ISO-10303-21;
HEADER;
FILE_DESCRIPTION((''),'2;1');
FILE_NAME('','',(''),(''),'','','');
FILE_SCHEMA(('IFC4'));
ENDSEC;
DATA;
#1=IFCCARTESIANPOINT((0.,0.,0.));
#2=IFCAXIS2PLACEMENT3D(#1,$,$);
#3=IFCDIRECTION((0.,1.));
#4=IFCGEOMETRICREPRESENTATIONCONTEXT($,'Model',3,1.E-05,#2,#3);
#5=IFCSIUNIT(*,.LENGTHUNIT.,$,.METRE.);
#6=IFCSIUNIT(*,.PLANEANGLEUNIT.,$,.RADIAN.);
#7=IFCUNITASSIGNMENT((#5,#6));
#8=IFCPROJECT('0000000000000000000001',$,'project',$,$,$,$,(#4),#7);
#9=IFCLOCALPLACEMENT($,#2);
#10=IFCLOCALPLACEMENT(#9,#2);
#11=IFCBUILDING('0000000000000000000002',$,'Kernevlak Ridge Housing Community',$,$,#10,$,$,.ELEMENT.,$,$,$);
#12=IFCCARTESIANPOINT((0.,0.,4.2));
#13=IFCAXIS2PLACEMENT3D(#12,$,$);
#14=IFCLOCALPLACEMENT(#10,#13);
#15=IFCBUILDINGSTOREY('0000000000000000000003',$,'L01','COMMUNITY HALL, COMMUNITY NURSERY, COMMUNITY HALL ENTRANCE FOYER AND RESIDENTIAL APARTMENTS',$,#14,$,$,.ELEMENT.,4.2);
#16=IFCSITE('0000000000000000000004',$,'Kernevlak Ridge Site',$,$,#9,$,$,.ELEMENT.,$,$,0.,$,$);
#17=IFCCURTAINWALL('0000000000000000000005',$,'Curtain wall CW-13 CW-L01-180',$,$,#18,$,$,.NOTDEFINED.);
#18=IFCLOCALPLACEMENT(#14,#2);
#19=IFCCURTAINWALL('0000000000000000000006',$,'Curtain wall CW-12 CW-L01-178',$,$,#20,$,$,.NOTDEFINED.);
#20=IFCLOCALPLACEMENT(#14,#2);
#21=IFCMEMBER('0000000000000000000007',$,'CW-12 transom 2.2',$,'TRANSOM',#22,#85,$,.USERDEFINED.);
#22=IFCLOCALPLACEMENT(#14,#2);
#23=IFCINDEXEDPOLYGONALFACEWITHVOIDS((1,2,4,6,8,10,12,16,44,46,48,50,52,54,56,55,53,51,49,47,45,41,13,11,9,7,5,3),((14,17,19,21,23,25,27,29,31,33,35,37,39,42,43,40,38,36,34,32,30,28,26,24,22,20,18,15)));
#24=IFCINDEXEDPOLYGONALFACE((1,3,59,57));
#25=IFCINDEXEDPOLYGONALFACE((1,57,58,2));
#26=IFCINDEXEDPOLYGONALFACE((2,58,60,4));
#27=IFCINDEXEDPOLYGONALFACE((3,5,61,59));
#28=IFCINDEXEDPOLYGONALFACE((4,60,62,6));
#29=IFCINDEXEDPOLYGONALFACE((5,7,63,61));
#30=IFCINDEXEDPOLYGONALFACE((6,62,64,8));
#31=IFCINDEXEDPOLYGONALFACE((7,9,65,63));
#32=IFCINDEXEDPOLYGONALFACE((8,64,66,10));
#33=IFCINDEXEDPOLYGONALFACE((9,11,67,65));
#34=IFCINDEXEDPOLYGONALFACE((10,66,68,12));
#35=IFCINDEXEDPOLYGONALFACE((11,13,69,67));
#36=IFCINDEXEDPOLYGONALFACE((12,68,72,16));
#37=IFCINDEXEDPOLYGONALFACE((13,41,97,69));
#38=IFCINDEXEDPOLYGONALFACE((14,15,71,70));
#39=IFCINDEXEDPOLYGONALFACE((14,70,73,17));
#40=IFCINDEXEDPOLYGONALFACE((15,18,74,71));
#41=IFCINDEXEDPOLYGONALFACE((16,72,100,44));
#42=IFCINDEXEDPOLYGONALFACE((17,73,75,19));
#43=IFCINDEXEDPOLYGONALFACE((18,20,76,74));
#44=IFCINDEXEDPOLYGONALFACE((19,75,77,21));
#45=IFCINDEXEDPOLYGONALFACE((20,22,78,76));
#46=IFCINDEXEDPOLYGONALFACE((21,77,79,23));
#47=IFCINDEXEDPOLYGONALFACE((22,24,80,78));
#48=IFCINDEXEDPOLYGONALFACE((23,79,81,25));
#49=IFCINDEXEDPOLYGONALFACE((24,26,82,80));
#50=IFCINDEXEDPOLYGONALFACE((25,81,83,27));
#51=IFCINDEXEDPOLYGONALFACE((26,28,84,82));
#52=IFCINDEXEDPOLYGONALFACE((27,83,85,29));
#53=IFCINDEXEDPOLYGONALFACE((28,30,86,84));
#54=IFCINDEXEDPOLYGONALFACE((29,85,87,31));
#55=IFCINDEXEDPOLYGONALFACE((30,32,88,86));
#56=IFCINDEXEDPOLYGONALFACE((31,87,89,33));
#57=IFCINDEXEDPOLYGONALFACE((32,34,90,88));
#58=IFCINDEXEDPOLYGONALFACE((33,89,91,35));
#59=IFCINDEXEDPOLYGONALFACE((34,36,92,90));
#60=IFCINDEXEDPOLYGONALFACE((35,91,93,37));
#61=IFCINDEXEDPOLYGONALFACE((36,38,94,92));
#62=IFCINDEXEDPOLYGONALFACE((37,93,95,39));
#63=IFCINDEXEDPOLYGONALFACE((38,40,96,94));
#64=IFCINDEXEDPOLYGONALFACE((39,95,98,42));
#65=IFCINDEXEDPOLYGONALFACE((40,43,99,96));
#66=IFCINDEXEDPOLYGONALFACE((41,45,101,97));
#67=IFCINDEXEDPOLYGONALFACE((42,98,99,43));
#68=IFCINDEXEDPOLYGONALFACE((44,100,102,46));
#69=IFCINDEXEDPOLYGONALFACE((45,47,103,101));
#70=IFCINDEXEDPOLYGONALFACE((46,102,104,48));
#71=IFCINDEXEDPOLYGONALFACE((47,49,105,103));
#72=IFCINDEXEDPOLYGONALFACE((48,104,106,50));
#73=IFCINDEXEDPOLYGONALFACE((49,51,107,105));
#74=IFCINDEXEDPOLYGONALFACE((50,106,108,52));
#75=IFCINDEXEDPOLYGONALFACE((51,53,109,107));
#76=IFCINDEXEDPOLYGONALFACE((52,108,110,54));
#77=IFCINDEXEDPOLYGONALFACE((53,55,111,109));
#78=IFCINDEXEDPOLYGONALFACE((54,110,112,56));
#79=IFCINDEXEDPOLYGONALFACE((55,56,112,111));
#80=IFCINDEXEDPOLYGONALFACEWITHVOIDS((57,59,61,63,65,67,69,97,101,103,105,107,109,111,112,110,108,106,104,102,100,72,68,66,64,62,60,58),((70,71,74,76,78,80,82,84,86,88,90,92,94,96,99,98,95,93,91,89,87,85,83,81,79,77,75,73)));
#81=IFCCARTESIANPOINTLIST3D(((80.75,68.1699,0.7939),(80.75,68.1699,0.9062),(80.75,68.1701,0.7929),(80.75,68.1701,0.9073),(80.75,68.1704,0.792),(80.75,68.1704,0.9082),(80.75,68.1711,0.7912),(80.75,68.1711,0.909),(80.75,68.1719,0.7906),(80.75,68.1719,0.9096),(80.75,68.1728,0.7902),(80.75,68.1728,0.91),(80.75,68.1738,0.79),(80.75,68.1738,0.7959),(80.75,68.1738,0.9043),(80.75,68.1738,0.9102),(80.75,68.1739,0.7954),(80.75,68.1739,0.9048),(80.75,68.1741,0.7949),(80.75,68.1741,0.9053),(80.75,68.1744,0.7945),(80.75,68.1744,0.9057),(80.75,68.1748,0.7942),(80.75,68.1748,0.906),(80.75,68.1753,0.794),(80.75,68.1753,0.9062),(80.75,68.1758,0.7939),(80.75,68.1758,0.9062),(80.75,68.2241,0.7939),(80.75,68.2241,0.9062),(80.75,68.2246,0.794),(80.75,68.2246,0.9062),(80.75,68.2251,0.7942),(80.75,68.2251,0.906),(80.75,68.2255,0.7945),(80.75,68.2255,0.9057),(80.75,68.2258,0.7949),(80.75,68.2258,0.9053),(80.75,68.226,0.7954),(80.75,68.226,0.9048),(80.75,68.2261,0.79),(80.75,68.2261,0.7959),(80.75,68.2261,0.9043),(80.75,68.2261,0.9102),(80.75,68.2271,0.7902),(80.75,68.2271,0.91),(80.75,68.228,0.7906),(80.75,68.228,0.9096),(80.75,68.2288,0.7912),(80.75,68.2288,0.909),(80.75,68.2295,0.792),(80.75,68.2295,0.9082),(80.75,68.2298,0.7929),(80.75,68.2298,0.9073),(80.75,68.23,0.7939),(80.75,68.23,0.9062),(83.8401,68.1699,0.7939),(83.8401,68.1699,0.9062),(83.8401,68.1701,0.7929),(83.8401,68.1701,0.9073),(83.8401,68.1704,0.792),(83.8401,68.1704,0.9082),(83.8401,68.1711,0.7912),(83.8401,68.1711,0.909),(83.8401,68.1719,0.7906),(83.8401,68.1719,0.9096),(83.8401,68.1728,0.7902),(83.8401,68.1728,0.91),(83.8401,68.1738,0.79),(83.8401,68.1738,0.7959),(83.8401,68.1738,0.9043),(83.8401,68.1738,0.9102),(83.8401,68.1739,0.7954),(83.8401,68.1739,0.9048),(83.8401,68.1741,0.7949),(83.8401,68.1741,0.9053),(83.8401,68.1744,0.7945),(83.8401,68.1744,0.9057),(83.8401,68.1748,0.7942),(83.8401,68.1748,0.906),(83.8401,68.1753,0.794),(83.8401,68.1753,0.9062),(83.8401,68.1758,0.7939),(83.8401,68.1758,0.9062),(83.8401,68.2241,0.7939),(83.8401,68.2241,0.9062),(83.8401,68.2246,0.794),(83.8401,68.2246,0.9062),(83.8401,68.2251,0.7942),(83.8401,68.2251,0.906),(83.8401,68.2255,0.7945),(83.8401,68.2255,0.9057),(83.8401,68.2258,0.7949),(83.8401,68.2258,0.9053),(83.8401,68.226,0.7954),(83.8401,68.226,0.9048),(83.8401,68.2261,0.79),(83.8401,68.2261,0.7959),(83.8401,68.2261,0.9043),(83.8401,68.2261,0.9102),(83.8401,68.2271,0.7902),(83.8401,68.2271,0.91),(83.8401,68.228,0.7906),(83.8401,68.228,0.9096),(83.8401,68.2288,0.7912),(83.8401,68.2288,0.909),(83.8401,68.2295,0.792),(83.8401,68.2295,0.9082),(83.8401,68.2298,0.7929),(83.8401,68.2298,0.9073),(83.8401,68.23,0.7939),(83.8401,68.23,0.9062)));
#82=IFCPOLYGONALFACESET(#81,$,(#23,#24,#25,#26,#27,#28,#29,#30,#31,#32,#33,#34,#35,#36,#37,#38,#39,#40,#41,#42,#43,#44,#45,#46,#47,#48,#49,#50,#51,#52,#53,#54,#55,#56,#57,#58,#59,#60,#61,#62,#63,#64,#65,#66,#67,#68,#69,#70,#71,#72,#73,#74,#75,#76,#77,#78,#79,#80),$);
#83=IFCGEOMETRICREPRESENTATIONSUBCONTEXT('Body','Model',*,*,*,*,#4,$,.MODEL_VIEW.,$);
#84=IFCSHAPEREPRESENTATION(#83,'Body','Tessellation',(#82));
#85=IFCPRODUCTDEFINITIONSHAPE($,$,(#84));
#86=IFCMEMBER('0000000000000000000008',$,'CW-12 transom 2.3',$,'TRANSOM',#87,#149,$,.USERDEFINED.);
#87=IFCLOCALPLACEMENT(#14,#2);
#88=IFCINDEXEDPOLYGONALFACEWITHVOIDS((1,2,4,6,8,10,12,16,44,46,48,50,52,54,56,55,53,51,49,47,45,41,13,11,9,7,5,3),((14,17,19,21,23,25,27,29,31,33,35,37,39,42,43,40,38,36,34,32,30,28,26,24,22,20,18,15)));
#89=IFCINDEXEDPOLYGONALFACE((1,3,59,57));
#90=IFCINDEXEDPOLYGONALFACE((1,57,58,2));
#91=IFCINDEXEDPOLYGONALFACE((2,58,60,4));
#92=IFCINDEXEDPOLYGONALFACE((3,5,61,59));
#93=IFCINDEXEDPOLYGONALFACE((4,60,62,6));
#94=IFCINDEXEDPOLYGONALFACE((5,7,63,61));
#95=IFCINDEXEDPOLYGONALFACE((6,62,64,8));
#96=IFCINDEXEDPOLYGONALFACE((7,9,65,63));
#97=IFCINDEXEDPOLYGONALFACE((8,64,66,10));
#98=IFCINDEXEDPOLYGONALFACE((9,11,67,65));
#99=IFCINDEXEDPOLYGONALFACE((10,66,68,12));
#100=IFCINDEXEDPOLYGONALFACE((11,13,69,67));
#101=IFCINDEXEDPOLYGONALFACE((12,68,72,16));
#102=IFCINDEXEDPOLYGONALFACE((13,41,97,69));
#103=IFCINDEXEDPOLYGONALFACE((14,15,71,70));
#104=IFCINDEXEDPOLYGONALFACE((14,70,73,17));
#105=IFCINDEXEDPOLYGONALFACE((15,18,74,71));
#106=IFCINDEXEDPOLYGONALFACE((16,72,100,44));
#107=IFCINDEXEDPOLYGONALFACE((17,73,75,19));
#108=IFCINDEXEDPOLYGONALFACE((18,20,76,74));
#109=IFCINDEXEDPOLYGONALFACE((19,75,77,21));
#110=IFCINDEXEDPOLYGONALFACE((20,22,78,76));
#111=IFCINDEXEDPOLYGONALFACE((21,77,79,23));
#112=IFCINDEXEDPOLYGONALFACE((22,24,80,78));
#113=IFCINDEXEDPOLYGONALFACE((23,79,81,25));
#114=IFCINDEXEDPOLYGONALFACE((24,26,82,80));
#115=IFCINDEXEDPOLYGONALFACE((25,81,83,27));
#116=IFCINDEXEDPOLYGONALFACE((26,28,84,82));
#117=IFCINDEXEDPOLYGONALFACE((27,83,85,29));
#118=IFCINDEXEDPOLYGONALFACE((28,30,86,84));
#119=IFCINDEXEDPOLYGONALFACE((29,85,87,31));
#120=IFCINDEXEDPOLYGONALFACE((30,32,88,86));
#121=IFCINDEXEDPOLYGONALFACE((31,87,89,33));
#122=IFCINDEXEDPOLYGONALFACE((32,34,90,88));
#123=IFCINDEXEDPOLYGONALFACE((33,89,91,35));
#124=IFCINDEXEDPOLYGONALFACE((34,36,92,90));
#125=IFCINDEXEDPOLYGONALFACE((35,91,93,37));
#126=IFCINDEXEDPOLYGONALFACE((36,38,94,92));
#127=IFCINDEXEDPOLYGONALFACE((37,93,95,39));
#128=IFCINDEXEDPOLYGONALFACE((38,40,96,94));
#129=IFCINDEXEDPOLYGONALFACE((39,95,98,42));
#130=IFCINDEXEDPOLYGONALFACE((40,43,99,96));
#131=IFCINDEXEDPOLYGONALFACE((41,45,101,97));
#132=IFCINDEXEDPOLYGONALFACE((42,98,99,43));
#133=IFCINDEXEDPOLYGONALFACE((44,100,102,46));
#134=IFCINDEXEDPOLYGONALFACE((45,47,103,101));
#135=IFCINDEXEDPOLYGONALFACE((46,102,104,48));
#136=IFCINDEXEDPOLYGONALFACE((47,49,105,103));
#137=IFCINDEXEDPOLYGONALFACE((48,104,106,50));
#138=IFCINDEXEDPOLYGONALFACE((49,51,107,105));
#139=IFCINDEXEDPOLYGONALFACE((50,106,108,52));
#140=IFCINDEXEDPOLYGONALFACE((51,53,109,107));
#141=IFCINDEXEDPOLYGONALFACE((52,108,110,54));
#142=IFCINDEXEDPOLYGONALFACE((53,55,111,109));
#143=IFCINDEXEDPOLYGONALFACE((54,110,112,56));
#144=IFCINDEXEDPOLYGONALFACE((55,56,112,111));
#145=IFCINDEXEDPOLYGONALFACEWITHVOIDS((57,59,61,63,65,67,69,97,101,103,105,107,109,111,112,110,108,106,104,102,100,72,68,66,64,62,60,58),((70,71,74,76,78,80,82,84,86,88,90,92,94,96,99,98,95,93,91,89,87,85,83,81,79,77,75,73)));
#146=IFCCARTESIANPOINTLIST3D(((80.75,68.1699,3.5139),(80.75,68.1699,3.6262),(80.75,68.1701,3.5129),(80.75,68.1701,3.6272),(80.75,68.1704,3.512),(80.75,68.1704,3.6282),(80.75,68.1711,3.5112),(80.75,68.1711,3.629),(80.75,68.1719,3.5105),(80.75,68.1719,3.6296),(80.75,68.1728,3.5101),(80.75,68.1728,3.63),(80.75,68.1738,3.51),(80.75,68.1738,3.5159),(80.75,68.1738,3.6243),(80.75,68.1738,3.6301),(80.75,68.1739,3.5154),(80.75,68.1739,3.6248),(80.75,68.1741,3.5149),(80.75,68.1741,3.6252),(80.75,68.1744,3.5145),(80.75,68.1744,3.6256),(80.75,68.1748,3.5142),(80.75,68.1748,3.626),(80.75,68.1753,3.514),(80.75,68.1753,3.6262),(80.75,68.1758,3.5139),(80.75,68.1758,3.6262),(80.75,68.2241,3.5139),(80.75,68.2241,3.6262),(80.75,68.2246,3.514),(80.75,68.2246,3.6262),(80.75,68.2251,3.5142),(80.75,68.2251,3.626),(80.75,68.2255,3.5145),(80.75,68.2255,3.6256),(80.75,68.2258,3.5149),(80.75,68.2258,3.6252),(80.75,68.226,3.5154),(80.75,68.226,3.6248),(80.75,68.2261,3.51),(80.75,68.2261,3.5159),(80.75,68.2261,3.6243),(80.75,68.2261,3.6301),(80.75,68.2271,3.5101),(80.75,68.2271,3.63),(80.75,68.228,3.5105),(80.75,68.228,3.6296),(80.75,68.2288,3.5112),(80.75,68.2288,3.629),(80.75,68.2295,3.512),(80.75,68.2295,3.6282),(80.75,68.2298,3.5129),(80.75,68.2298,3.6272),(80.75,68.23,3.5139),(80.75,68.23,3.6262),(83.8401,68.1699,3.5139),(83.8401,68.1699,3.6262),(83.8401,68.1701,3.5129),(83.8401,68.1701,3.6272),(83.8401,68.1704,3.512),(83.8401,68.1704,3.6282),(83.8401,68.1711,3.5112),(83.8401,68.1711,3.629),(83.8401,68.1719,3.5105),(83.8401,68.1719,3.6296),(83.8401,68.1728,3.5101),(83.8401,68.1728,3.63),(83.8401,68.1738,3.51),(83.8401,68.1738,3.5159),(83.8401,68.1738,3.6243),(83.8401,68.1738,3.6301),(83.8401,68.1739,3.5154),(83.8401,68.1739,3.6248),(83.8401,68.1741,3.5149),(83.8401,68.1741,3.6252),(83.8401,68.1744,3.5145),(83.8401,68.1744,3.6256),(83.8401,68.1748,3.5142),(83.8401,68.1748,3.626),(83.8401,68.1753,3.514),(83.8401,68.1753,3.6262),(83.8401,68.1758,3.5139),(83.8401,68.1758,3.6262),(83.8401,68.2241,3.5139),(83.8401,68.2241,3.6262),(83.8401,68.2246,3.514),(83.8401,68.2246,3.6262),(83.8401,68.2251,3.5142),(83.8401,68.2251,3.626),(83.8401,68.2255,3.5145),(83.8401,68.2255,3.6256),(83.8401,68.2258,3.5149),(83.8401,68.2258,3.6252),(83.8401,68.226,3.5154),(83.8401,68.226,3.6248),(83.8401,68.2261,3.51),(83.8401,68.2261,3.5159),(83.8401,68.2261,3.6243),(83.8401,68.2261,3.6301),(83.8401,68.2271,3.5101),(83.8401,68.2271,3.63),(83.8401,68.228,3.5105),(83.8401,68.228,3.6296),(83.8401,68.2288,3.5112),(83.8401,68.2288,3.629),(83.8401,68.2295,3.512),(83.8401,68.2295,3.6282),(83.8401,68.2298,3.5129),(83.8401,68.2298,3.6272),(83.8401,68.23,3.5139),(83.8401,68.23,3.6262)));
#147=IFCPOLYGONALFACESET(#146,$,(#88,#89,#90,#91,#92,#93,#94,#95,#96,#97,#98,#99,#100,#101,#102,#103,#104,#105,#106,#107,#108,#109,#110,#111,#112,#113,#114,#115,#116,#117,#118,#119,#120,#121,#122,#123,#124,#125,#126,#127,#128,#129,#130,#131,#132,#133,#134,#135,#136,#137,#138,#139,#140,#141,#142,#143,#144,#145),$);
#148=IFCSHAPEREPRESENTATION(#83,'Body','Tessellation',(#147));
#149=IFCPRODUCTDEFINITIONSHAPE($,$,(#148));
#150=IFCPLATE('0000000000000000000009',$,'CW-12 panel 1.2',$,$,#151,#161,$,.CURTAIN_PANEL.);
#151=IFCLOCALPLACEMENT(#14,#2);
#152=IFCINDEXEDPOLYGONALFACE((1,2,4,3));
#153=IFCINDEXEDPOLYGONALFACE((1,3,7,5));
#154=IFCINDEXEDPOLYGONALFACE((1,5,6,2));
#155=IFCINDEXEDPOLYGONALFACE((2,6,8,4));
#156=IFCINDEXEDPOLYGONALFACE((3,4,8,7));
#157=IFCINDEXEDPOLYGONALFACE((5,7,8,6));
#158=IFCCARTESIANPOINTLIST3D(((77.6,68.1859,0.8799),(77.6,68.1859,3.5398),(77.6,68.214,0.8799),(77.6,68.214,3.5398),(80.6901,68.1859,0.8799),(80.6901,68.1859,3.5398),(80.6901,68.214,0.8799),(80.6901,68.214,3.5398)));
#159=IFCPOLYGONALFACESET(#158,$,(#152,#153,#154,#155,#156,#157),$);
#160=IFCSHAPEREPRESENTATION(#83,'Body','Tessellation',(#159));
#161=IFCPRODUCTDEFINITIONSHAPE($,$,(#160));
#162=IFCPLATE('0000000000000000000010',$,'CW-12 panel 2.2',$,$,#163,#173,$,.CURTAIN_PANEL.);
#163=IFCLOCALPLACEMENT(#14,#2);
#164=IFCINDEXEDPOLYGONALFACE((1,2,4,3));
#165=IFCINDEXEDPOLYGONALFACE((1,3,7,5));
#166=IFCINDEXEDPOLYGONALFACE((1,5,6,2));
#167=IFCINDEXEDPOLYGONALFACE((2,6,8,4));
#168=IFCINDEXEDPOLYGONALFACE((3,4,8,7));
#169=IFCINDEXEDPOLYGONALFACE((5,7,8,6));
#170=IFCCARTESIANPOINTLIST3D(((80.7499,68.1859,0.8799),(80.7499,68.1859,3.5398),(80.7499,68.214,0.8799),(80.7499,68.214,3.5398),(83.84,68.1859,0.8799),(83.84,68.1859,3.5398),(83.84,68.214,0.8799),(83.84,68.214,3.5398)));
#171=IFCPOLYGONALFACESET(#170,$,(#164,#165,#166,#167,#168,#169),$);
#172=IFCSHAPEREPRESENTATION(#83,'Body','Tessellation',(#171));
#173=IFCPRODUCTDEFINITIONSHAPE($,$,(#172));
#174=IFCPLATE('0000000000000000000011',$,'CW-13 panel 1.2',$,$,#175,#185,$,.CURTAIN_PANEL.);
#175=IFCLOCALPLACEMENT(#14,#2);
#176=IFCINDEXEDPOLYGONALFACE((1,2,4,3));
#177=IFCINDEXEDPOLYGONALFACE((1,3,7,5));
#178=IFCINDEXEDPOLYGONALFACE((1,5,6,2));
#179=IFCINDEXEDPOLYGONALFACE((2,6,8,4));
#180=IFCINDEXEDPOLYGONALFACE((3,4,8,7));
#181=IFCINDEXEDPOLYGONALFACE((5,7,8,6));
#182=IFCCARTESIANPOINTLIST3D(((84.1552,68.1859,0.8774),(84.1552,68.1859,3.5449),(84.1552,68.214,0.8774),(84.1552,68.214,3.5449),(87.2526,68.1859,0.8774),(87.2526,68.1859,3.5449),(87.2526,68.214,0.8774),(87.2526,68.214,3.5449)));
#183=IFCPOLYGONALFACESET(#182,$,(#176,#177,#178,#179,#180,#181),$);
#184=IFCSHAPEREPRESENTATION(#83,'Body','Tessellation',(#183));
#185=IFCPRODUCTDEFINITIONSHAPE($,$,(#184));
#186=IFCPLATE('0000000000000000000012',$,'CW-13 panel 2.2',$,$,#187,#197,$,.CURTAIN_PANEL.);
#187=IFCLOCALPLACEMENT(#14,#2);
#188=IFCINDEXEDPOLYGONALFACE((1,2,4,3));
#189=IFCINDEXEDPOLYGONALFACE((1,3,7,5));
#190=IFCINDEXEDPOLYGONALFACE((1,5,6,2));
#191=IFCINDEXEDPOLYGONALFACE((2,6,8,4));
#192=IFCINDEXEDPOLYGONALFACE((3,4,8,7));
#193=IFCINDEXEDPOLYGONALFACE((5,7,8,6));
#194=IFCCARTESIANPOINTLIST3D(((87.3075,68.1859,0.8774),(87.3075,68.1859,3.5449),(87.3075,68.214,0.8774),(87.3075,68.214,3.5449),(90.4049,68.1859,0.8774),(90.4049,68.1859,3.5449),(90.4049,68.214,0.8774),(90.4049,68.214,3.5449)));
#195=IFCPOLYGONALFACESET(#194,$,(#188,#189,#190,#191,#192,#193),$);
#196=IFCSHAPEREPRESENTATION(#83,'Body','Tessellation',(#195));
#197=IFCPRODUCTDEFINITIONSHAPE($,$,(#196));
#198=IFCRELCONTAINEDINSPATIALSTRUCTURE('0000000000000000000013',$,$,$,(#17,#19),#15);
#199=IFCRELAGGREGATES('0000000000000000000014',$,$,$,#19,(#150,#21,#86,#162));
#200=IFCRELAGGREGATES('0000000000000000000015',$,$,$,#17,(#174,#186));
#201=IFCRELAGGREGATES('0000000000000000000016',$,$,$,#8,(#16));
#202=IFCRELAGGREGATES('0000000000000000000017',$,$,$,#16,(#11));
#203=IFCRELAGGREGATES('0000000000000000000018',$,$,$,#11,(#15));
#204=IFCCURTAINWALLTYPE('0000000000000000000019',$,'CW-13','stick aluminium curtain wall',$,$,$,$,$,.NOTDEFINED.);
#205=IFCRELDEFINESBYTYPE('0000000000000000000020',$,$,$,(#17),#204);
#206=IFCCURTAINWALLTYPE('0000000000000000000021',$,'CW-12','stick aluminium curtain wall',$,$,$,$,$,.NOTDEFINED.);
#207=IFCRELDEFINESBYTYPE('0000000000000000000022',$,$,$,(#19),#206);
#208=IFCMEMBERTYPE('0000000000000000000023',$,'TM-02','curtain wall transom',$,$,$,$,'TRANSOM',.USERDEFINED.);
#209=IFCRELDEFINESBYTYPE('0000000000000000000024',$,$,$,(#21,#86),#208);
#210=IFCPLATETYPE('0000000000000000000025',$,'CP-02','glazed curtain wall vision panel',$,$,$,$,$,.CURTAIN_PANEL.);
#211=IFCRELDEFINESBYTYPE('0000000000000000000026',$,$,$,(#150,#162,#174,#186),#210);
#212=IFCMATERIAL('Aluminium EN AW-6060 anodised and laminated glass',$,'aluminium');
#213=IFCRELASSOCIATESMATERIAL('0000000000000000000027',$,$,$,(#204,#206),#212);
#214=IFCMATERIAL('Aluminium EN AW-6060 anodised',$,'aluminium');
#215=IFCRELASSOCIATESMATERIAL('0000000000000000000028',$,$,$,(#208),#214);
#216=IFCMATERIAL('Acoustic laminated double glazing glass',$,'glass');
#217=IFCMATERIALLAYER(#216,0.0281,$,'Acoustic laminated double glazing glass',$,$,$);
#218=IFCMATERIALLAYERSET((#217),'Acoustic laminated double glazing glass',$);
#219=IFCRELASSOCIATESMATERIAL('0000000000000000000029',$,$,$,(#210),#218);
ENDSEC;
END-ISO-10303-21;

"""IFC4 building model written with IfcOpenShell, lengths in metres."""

from ifc_helpers import new_model, si_unit, direction, frame, origin, origin_2d, place, context, subcontext, project, spatial, rectangle, hollow_rectangle, extrude, material, layer, layer_set, material_profile, profile_set, type_object, element, aggregate, save


model = new_model("IFC4")

# Units and contexts
model_context = context("Model", 3, precision=1e-05, world=origin(), true_north=direction((0.0, 1.0)))
body_context = subcontext(model_context, "Body", "Model", "MODEL_VIEW")
ifc_project = project(units=[si_unit("LENGTHUNIT", "METRE"), si_unit("PLANEANGLEUNIT", "RADIAN")], contexts=[model_context])

# Site, building, storey
site_placement = place(None, origin())
site = spatial("IfcSite", under=ifc_project, at=site_placement, Name="Kernevlak Ridge Site", CompositionType="ELEMENT", RefElevation=0.0)
building_placement = place(site_placement, origin())
building = spatial("IfcBuilding", under=site, at=building_placement, Name="Kernevlak Ridge Housing Community", CompositionType="ELEMENT")
storey_placement = place(building_placement, frame((0.0, 0.0, 4.2)))
storey = spatial("IfcBuildingStorey", under=building, at=storey_placement, Name="L01", Description="COMMUNITY HALL, COMMUNITY NURSERY, COMMUNITY HALL ENTRANCE FOYER AND RESIDENTIAL APARTMENTS", CompositionType="ELEMENT", Elevation=4.2)

# Curtain walls
ifc_material_1 = material(Name="Aluminium EN AW-6060 anodised and laminated glass", Category="aluminium")
curtain_wall_type_1 = type_object("IfcCurtainWallType", Name="CW-13", Description="stick aluminium curtain wall", PredefinedType="NOTDEFINED", material=ifc_material_1)
curtain_wall_1_placement = place(storey_placement, origin())
curtain_wall_1 = element("IfcCurtainWall", 1, at=curtain_wall_1_placement, inside=storey, type_object=curtain_wall_type_1, Name="Curtain wall CW-13 CW-L01-180", PredefinedType="NOTDEFINED")
ifc_material_2 = material(Name="Aluminium EN AW-6060 anodised", Category="aluminium")
curtain_wall_type_2 = type_object("IfcCurtainWallType", Name="CW-12", Description="stick aluminium curtain wall", PredefinedType="NOTDEFINED", material=ifc_material_1)
curtain_wall_2_placement = place(storey_placement, origin())
curtain_wall_2 = element("IfcCurtainWall", 2, at=curtain_wall_2_placement, inside=storey, type_object=curtain_wall_type_2, Name="Curtain wall CW-12 CW-L01-178", PredefinedType="NOTDEFINED")

# Members
ifc_material_profile_1 = material_profile(ifc_material_2, hollow_rectangle(XDim=0.0601, YDim=0.1201, WallThickness=0.0039, InnerFilletRadius=0.002, OuterFilletRadius=0.0039, at=origin_2d()), Name="ALU 60x120x4")
ifc_profile_set_1 = profile_set([ifc_material_profile_1], Name="Aluminium EN AW-6060 anodised")
member_type_1 = type_object("IfcMemberType", Name="TM-02", Description="curtain wall transom", ElementType="TRANSOM", PredefinedType="USERDEFINED", material=ifc_profile_set_1)
member_1_placement = place(storey_placement, frame((80.75, 68.2, 0.8501), z_axis=(1.0, 0.0, 0.0), x_axis=(0.0, 1.0, 0.0)))
member_1 = element("IfcMember", 3, at=member_1_placement, type_object=member_type_1, Name="CW-12 transom 2.2", ObjectType="TRANSOM", PredefinedType="USERDEFINED", context=body_context, shape_type="SweptSolid", body=[
    extrude(hollow_rectangle(XDim=0.0601, YDim=0.1201, WallThickness=0.0039, InnerFilletRadius=0.002, OuterFilletRadius=0.0039, at=origin_2d()), origin(), (0.0, 0.0, 1.0), 3.0901),
])
member_2_placement = place(storey_placement, frame((80.75, 68.2, 3.5701), z_axis=(1.0, 0.0, 0.0), x_axis=(0.0, 1.0, 0.0)))
member_2 = element("IfcMember", 4, at=member_2_placement, type_object=member_type_1, Name="CW-12 transom 2.3", ObjectType="TRANSOM", PredefinedType="USERDEFINED", context=body_context, shape_type="SweptSolid", body=[
    extrude(hollow_rectangle(XDim=0.0601, YDim=0.1201, WallThickness=0.0039, InnerFilletRadius=0.002, OuterFilletRadius=0.0039, at=origin_2d()), origin(), (0.0, 0.0, 1.0), 3.0901),
])

# Plates
ifc_material_3 = material(Name="Acoustic laminated double glazing glass", Category="glass")
ifc_layer_1 = layer(ifc_material_3, 0.0281, Name="Acoustic laminated double glazing glass")
ifc_layer_set_1 = layer_set([ifc_layer_1], Name="Acoustic laminated double glazing glass")
plate_type_1 = type_object("IfcPlateType", Name="CP-02", Description="glazed curtain wall vision panel", PredefinedType="CURTAIN_PANEL", material=ifc_layer_set_1)
plate_1_placement = place(storey_placement, frame((79.145, 68.2, 0.8799), z_axis=(0.0, 0.0, 1.0), x_axis=(1.0, 0.0, 0.0)))
plate_1 = element("IfcPlate", 5, at=plate_1_placement, type_object=plate_type_1, Name="CW-12 panel 1.2", PredefinedType="CURTAIN_PANEL", context=body_context, shape_type="SweptSolid", body=[
    extrude(rectangle(XDim=3.0901, YDim=0.0281, at=origin_2d()), origin(), (0.0, 0.0, 1.0), 2.6599),
])
plate_2_placement = place(storey_placement, frame((82.2949, 68.2, 0.8799), z_axis=(0.0, 0.0, 1.0), x_axis=(1.0, 0.0, 0.0)))
plate_2 = element("IfcPlate", 6, at=plate_2_placement, type_object=plate_type_1, Name="CW-12 panel 2.2", PredefinedType="CURTAIN_PANEL", context=body_context, shape_type="SweptSolid", body=[
    extrude(rectangle(XDim=3.0901, YDim=0.0281, at=origin_2d()), origin(), (0.0, 0.0, 1.0), 2.6599),
])
plate_3_placement = place(storey_placement, frame((85.7039, 68.2, 0.8774), z_axis=(0.0, 0.0, 1.0), x_axis=(1.0, 0.0, 0.0)))
plate_3 = element("IfcPlate", 7, at=plate_3_placement, type_object=plate_type_1, Name="CW-13 panel 1.2", PredefinedType="CURTAIN_PANEL", context=body_context, shape_type="SweptSolid", body=[
    extrude(rectangle(XDim=3.0974, YDim=0.0281, at=origin_2d()), origin(), (0.0, 0.0, 1.0), 2.6675),
])
plate_4_placement = place(storey_placement, frame((88.8562, 68.2, 0.8774), z_axis=(0.0, 0.0, 1.0), x_axis=(1.0, 0.0, 0.0)))
plate_4 = element("IfcPlate", 8, at=plate_4_placement, type_object=plate_type_1, Name="CW-13 panel 2.2", PredefinedType="CURTAIN_PANEL", context=body_context, shape_type="SweptSolid", body=[
    extrude(rectangle(XDim=3.0974, YDim=0.0281, at=origin_2d()), origin(), (0.0, 0.0, 1.0), 2.6675),
])
aggregate(curtain_wall_2, [plate_1, member_1, member_2, plate_2])
aggregate(curtain_wall_1, [plate_3, plate_4])

save(model, "model.ifc")
